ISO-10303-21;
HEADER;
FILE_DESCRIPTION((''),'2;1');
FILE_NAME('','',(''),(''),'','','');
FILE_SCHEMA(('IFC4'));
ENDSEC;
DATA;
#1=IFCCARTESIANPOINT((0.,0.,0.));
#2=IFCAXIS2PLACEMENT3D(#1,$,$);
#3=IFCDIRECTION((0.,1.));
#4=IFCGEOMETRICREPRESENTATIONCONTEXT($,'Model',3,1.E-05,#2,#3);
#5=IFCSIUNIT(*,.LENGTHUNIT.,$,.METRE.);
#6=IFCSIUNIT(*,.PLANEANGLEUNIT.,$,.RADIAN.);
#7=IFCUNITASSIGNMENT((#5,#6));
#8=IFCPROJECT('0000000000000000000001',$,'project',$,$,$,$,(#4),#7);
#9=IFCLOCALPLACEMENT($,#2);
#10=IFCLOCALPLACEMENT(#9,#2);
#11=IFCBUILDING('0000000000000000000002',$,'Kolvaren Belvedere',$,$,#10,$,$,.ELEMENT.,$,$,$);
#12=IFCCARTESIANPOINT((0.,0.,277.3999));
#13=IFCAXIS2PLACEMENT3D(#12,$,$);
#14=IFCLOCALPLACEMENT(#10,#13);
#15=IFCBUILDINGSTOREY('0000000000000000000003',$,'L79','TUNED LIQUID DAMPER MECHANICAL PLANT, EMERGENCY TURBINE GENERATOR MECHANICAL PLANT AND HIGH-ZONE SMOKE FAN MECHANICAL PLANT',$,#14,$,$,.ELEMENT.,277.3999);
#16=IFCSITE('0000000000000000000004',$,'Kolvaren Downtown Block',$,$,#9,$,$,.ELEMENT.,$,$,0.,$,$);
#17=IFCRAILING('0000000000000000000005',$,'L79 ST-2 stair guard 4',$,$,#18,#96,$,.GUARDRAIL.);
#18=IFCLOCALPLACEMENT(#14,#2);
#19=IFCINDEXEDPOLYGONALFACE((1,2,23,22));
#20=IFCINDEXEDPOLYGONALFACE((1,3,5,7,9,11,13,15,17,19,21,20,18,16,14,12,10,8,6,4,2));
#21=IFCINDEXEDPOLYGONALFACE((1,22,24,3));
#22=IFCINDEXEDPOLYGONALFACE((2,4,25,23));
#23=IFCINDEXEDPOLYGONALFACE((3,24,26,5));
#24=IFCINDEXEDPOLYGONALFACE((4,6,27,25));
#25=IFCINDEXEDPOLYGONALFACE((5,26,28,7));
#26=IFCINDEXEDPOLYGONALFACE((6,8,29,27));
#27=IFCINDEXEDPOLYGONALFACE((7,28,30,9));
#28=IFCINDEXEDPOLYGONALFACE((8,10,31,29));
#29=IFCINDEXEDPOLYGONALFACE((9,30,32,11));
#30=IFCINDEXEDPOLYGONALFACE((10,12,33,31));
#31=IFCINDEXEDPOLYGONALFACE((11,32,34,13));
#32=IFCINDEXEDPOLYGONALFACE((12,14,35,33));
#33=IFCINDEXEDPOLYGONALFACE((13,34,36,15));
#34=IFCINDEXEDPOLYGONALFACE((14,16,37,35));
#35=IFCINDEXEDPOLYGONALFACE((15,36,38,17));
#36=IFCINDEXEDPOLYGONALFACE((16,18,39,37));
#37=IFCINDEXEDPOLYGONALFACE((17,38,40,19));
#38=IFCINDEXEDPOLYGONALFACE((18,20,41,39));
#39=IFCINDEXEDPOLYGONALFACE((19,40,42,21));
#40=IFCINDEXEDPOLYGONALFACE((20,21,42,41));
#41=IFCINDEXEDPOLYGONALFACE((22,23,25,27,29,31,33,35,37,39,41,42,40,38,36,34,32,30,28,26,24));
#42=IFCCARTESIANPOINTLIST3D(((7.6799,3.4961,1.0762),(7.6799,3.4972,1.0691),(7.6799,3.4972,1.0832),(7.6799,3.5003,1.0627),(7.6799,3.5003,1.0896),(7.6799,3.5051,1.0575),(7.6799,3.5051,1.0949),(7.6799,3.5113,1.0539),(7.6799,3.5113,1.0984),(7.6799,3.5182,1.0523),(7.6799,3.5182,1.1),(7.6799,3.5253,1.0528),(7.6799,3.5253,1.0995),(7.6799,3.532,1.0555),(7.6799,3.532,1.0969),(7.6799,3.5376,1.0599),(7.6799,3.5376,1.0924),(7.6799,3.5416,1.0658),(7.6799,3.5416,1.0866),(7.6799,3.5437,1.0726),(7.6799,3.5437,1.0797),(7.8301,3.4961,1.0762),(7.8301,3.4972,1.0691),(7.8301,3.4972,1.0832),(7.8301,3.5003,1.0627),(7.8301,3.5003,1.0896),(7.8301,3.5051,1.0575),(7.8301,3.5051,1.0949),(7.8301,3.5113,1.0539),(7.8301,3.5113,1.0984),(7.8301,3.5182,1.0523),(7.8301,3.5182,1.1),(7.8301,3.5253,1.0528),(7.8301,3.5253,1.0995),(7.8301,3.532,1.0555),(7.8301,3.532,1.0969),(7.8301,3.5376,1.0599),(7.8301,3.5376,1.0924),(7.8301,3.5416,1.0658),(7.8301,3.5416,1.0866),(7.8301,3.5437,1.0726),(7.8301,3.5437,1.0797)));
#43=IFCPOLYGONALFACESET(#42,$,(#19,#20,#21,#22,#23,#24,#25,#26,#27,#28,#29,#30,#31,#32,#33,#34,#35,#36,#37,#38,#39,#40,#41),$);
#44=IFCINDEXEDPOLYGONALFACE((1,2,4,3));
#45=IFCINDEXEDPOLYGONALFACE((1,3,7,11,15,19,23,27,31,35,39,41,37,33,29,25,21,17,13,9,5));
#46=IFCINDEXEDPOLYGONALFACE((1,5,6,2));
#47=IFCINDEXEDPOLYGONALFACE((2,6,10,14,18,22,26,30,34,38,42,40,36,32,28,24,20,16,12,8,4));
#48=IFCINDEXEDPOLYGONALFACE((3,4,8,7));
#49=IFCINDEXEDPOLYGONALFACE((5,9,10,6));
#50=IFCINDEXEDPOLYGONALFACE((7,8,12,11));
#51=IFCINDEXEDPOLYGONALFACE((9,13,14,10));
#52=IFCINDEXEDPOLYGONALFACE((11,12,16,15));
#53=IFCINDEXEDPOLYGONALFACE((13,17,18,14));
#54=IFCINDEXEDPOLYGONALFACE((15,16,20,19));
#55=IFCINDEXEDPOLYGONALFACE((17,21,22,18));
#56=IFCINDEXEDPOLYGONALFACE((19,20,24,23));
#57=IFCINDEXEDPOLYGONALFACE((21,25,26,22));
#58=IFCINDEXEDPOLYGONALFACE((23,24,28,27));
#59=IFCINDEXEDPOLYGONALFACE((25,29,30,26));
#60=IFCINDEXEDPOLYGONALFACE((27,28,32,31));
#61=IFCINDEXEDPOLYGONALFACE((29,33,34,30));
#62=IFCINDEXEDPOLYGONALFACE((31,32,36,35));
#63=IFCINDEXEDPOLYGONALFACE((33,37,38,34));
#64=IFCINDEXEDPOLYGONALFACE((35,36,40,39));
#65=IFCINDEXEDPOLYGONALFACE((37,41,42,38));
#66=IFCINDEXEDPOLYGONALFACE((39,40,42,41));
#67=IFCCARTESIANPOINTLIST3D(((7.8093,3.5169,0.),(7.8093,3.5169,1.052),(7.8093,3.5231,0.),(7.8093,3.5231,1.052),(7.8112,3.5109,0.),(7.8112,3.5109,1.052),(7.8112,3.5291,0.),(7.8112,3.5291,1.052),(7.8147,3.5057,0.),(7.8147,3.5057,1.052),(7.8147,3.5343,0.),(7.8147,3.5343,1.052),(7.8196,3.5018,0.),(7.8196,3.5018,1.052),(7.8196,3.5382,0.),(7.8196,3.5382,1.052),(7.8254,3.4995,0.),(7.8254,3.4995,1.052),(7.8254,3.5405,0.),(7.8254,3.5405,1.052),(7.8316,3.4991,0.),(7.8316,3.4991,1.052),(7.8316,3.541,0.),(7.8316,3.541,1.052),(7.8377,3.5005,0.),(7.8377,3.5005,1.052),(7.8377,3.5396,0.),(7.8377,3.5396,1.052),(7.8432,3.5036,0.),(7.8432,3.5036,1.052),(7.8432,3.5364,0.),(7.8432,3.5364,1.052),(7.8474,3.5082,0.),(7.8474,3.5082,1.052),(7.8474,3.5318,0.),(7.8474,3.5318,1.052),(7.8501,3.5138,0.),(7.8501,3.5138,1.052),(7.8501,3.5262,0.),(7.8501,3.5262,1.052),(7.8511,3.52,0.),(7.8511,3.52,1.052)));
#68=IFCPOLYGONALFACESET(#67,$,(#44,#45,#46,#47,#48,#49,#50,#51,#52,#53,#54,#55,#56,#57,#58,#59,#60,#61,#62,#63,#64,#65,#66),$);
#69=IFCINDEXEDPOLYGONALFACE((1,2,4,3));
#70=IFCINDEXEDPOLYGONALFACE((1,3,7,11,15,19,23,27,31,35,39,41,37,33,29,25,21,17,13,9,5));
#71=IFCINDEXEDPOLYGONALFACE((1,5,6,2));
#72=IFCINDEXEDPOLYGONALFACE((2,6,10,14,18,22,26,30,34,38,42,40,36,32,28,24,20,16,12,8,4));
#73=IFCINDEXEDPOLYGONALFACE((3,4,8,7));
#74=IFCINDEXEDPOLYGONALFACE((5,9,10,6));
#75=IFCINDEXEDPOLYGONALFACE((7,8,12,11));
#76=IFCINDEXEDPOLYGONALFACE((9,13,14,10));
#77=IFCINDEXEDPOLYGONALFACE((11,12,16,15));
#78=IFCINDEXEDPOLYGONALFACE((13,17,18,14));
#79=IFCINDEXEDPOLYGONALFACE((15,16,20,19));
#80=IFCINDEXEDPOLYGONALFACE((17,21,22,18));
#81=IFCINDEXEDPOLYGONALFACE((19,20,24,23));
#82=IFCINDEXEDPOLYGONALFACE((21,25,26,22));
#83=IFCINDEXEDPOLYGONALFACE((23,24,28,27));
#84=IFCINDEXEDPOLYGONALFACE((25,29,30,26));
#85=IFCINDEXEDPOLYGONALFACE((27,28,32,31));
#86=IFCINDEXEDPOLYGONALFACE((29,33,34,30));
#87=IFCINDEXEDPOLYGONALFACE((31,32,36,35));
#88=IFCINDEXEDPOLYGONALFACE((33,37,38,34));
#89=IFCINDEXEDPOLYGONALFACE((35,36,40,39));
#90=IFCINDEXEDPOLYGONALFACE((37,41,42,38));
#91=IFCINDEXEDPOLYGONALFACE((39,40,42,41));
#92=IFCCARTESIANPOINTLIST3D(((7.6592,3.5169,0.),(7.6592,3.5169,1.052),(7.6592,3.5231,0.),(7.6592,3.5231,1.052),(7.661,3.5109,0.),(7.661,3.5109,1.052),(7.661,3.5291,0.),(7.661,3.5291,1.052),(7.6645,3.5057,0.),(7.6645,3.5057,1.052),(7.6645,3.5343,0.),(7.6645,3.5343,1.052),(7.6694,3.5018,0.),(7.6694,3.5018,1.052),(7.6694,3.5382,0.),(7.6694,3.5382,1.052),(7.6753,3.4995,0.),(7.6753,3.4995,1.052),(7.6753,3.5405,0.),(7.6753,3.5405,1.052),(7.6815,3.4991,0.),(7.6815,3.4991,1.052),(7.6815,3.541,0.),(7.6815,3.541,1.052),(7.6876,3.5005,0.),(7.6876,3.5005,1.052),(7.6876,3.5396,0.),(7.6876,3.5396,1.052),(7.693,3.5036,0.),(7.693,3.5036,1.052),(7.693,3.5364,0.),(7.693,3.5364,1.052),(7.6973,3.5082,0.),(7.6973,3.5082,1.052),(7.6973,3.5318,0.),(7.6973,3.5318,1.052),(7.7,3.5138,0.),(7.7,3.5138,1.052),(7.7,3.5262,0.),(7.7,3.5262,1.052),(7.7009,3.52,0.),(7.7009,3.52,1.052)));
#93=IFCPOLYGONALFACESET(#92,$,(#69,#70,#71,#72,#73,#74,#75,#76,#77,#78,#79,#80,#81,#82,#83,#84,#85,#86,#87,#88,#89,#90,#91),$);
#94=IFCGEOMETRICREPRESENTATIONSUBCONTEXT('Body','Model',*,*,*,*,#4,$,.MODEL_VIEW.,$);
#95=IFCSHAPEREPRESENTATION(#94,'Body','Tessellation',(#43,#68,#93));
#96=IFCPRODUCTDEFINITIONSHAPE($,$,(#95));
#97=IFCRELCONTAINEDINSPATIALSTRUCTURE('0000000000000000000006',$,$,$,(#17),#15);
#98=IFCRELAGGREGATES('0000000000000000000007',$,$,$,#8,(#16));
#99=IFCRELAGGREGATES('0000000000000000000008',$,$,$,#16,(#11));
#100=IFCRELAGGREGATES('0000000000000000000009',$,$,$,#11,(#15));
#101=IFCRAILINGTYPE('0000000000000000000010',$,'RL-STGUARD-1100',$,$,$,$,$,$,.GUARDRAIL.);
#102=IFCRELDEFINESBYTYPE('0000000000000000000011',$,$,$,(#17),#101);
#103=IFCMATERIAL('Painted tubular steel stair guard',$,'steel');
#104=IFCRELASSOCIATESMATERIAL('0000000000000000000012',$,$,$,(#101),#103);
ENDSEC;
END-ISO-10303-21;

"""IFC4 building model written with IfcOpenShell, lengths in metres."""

from ifc_helpers import new_model, si_unit, direction, frame, origin, origin_2d, place, context, subcontext, project, spatial, circle, extrude, material, type_object, element, save


model = new_model("IFC4")

# Units and contexts
model_context = context("Model", 3, precision=1e-05, world=origin(), true_north=direction((0.0, 1.0)))
body_context = subcontext(model_context, "Body", "Model", "MODEL_VIEW")
ifc_project = project(units=[si_unit("LENGTHUNIT", "METRE"), si_unit("PLANEANGLEUNIT", "RADIAN")], contexts=[model_context])

# Site, building, storey
site_placement = place(None, origin())
site = spatial("IfcSite", under=ifc_project, at=site_placement, Name="Kolvaren Downtown Block", CompositionType="ELEMENT", RefElevation=0.0)
building_placement = place(site_placement, origin())
building = spatial("IfcBuilding", under=site, at=building_placement, Name="Kolvaren Belvedere", CompositionType="ELEMENT")
storey_placement = place(building_placement, frame((0.0, 0.0, 277.3999)))
storey = spatial("IfcBuildingStorey", under=building, at=storey_placement, Name="L79", Description="TUNED LIQUID DAMPER MECHANICAL PLANT, EMERGENCY TURBINE GENERATOR MECHANICAL PLANT AND HIGH-ZONE SMOKE FAN MECHANICAL PLANT", CompositionType="ELEMENT", Elevation=277.3999)

# Railing
ifc_material_1 = material(Name="Painted tubular steel stair guard", Category="steel")
railing_type_1 = type_object("IfcRailingType", Name="RL-STGUARD-1100", PredefinedType="GUARDRAIL", material=ifc_material_1)
railing_1_placement = place(storey_placement, frame((7.8301, 3.52, 0.0)))
element("IfcRailing", 1, at=railing_1_placement, inside=storey, type_object=railing_type_1, Name="L79 ST-2 stair guard 4", PredefinedType="GUARDRAIL", context=body_context, shape_type="SweptSolid", body=[
    extrude(circle(Radius=0.0239, at=origin_2d()), frame((0.0, 0.0, 1.0762), z_axis=(-1.0, 0.0, 0.0), x_axis=(0.0, -1.0, 0.0)), (0.0, 0.0, 1.0), 0.1501),
    extrude(circle(Radius=0.021, at=origin_2d()), origin(), (0.0, 0.0, 1.0), 1.052),
    extrude(circle(Radius=0.021, at=origin_2d()), frame((-0.1501, 0.0, 0.0)), (0.0, 0.0, 1.0), 1.052),
])

save(model, "model.ifc")
